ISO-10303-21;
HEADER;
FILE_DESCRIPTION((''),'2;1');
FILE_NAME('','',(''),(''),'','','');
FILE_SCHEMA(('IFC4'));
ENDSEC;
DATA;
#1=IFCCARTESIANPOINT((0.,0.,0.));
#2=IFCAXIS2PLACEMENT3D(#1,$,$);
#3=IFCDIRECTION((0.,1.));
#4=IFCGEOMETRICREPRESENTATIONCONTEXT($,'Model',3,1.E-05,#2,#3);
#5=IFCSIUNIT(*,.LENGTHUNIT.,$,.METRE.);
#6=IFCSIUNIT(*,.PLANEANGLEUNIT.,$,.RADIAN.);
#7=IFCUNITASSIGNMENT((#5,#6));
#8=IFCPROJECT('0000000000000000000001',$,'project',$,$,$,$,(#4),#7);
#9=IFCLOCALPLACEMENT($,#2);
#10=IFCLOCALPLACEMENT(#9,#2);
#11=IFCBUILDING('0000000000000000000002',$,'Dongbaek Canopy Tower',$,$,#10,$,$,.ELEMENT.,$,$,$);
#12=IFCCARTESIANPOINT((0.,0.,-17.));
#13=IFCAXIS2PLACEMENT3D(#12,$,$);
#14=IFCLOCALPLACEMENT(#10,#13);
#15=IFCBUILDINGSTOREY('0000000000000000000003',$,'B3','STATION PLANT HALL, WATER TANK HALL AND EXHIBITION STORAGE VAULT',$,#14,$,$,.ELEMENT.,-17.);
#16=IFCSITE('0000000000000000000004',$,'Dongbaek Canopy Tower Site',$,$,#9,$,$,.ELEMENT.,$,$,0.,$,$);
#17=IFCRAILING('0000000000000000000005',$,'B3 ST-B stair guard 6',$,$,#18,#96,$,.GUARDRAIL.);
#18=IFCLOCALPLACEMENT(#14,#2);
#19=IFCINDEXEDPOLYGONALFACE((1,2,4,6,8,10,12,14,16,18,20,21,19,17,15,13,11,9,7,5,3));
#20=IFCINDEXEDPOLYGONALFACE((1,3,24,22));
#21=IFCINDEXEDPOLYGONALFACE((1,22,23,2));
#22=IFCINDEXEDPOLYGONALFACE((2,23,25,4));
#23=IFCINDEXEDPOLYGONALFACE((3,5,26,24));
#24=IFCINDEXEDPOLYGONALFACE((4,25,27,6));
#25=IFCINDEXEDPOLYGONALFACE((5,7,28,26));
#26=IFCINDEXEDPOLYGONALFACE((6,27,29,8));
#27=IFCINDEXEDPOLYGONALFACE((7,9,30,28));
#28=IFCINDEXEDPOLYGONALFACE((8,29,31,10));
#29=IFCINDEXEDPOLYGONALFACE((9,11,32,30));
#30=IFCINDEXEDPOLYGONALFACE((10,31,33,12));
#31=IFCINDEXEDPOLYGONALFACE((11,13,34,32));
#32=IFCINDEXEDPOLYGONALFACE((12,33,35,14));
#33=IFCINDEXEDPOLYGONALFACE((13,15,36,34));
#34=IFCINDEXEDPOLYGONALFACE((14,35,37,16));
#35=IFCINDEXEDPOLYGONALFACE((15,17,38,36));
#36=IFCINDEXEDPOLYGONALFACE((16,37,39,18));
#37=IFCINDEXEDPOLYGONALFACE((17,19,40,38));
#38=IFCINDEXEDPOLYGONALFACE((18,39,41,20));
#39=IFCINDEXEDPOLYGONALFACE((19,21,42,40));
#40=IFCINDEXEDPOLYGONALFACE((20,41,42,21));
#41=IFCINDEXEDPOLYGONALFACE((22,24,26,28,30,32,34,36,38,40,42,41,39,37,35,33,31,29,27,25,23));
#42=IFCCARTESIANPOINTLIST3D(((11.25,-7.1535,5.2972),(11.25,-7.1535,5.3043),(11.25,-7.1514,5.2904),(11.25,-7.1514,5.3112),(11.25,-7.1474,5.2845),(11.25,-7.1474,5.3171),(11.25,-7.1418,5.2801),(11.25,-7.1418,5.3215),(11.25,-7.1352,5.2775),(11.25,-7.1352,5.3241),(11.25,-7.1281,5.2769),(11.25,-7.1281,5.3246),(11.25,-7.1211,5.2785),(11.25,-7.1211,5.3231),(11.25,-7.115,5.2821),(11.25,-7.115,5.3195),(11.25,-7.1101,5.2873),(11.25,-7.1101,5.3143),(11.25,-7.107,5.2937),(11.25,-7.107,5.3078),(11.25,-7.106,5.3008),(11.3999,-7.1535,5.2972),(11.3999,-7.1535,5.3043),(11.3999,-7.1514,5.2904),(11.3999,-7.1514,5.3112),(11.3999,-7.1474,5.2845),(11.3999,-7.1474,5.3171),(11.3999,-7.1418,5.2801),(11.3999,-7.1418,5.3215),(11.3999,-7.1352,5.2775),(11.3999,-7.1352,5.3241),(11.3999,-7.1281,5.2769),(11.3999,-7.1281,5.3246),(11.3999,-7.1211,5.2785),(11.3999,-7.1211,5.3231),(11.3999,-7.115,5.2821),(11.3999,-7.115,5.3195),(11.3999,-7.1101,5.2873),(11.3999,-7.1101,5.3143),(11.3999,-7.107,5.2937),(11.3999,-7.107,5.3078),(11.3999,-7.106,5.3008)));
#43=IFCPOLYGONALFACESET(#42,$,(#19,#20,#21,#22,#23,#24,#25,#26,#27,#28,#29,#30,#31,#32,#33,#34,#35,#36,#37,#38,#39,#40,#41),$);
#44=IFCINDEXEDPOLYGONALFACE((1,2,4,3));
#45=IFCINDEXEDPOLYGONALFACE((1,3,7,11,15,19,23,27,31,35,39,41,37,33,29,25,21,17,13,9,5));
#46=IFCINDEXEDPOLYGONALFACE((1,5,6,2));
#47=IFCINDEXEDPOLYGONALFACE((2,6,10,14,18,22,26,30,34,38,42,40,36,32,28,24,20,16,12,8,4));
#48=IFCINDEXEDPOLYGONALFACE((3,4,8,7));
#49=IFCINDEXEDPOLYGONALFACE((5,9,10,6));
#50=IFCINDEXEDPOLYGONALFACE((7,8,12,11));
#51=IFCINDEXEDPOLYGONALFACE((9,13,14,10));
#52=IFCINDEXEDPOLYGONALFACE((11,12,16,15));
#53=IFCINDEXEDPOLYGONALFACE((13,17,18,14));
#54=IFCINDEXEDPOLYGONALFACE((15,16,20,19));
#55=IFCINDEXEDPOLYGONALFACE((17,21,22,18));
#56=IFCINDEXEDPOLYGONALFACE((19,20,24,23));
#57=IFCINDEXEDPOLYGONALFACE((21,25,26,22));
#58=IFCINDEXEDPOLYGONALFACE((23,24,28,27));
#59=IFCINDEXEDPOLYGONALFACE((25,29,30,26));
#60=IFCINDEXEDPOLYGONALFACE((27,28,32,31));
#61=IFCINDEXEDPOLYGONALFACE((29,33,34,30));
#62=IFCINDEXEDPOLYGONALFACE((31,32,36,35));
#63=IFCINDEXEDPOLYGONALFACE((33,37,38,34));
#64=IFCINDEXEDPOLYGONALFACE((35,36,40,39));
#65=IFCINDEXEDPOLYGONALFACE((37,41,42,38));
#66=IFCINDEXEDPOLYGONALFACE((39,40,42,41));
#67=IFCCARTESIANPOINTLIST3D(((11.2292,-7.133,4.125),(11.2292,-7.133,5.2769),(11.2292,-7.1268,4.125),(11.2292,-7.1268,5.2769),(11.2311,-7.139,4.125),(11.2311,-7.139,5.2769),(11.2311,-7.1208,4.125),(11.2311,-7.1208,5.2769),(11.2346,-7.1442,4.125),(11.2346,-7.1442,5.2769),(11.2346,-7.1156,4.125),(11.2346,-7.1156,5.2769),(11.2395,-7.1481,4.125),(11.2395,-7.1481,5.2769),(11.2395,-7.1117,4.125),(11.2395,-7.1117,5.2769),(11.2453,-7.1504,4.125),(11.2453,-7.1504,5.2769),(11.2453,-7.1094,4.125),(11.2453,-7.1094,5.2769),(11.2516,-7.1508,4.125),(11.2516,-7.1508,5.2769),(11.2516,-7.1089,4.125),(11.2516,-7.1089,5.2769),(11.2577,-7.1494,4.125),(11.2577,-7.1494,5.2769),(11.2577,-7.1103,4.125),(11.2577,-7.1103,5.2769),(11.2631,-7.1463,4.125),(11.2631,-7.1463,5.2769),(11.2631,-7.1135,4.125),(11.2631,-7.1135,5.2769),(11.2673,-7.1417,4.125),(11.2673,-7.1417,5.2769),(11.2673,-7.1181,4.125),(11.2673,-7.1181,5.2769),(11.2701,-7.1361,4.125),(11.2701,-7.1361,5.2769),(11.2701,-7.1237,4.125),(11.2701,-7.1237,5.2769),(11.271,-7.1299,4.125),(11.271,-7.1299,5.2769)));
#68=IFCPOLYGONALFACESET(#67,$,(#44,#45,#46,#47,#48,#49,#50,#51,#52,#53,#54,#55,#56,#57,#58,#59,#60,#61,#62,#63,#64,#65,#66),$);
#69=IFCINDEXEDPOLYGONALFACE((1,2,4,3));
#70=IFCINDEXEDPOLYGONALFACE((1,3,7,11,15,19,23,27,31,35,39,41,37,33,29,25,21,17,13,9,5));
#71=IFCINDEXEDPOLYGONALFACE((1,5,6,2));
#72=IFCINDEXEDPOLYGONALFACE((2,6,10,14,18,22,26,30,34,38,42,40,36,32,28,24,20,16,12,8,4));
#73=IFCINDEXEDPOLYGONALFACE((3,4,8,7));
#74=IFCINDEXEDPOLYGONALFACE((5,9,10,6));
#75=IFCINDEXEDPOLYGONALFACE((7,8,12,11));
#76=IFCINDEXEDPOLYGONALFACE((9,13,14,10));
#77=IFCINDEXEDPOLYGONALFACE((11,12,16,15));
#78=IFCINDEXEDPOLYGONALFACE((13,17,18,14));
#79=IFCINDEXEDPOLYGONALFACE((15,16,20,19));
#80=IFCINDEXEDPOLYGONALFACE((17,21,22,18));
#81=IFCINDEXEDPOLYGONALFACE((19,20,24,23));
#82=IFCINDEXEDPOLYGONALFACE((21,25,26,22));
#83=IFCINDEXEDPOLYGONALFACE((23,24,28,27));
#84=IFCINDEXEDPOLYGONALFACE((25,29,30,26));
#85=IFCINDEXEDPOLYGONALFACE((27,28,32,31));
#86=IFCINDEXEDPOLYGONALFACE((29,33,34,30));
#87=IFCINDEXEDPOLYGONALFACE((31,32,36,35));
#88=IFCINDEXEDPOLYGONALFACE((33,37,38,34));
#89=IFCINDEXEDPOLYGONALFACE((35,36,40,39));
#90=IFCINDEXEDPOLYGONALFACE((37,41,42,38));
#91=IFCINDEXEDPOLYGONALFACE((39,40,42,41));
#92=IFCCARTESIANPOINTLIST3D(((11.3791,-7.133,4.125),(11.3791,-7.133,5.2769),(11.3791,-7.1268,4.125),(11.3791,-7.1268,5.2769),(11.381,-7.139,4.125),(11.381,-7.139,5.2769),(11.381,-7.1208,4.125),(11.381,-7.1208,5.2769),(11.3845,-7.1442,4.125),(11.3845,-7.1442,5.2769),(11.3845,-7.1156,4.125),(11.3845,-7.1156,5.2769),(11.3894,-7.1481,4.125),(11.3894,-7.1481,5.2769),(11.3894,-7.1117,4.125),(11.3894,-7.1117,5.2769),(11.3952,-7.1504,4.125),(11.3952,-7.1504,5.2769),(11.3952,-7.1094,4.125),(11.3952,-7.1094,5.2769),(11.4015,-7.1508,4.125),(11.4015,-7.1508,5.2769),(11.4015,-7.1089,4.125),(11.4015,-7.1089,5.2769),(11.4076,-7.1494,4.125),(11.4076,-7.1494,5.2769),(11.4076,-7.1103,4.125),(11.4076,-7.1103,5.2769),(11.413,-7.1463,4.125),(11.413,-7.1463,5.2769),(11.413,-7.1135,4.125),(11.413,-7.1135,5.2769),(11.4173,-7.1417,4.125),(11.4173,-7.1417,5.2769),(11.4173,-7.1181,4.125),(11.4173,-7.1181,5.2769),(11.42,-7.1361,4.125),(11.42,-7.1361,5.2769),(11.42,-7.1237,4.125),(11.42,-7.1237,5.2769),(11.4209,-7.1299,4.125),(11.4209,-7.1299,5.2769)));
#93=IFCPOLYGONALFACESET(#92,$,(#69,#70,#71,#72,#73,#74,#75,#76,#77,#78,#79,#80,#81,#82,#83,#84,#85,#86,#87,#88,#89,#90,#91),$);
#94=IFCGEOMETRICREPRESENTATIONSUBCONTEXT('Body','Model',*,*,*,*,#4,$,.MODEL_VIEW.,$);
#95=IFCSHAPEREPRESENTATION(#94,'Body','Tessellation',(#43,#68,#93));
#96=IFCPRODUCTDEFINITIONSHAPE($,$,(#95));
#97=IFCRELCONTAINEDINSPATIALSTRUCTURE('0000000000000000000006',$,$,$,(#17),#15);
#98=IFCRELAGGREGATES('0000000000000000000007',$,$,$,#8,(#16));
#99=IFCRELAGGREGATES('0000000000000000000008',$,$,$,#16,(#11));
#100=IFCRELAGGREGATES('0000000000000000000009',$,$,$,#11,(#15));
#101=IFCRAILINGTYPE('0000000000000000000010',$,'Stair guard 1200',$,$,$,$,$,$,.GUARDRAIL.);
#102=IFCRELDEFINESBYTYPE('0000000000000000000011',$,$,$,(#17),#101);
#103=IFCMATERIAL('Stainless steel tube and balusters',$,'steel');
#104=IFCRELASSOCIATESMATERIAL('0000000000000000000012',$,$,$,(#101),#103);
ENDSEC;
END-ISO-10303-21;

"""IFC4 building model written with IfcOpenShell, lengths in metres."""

from ifc_helpers import new_model, si_unit, direction, frame, origin, origin_2d, place, context, subcontext, project, spatial, circle, extrude, material, type_object, element, save


model = new_model("IFC4")

# Units and contexts
model_context = context("Model", 3, precision=1e-05, world=origin(), true_north=direction((0.0, 1.0)))
body_context = subcontext(model_context, "Body", "Model", "MODEL_VIEW")
ifc_project = project(units=[si_unit("LENGTHUNIT", "METRE"), si_unit("PLANEANGLEUNIT", "RADIAN")], contexts=[model_context])

# Site, building, storey
site_placement = place(None, origin())
site = spatial("IfcSite", under=ifc_project, at=site_placement, Name="Dongbaek Canopy Tower Site", CompositionType="ELEMENT", RefElevation=0.0)
building_placement = place(site_placement, origin())
building = spatial("IfcBuilding", under=site, at=building_placement, Name="Dongbaek Canopy Tower", CompositionType="ELEMENT")
storey_placement = place(building_placement, frame((0.0, 0.0, -17.0)))
storey = spatial("IfcBuildingStorey", under=building, at=storey_placement, Name="B3", Description="STATION PLANT HALL, WATER TANK HALL AND EXHIBITION STORAGE VAULT", CompositionType="ELEMENT", Elevation=-17.0)

# Railing
ifc_material_1 = material(Name="Stainless steel tube and balusters", Category="steel")
railing_type_1 = type_object("IfcRailingType", Name="Stair guard 1200", PredefinedType="GUARDRAIL", material=ifc_material_1)
railing_1_placement = place(storey_placement, frame((11.25, -7.1299, 4.125)))
element("IfcRailing", 1, at=railing_1_placement, inside=storey, type_object=railing_type_1, Name="B3 ST-B stair guard 6", PredefinedType="GUARDRAIL", context=body_context, shape_type="SweptSolid", body=[
    extrude(circle(Radius=0.0239, at=origin_2d()), frame((0.0, 0.0, 1.1758), z_axis=(1.0, 0.0, 0.0), x_axis=(0.0, 1.0, 0.0)), (0.0, 0.0, 1.0), 0.1499),
    extrude(circle(Radius=0.021, at=origin_2d()), origin(), (0.0, 0.0, 1.0), 1.1519),
    extrude(circle(Radius=0.021, at=origin_2d()), frame((0.1499, 0.0, 0.0)), (0.0, 0.0, 1.0), 1.1519),
])

save(model, "model.ifc")
